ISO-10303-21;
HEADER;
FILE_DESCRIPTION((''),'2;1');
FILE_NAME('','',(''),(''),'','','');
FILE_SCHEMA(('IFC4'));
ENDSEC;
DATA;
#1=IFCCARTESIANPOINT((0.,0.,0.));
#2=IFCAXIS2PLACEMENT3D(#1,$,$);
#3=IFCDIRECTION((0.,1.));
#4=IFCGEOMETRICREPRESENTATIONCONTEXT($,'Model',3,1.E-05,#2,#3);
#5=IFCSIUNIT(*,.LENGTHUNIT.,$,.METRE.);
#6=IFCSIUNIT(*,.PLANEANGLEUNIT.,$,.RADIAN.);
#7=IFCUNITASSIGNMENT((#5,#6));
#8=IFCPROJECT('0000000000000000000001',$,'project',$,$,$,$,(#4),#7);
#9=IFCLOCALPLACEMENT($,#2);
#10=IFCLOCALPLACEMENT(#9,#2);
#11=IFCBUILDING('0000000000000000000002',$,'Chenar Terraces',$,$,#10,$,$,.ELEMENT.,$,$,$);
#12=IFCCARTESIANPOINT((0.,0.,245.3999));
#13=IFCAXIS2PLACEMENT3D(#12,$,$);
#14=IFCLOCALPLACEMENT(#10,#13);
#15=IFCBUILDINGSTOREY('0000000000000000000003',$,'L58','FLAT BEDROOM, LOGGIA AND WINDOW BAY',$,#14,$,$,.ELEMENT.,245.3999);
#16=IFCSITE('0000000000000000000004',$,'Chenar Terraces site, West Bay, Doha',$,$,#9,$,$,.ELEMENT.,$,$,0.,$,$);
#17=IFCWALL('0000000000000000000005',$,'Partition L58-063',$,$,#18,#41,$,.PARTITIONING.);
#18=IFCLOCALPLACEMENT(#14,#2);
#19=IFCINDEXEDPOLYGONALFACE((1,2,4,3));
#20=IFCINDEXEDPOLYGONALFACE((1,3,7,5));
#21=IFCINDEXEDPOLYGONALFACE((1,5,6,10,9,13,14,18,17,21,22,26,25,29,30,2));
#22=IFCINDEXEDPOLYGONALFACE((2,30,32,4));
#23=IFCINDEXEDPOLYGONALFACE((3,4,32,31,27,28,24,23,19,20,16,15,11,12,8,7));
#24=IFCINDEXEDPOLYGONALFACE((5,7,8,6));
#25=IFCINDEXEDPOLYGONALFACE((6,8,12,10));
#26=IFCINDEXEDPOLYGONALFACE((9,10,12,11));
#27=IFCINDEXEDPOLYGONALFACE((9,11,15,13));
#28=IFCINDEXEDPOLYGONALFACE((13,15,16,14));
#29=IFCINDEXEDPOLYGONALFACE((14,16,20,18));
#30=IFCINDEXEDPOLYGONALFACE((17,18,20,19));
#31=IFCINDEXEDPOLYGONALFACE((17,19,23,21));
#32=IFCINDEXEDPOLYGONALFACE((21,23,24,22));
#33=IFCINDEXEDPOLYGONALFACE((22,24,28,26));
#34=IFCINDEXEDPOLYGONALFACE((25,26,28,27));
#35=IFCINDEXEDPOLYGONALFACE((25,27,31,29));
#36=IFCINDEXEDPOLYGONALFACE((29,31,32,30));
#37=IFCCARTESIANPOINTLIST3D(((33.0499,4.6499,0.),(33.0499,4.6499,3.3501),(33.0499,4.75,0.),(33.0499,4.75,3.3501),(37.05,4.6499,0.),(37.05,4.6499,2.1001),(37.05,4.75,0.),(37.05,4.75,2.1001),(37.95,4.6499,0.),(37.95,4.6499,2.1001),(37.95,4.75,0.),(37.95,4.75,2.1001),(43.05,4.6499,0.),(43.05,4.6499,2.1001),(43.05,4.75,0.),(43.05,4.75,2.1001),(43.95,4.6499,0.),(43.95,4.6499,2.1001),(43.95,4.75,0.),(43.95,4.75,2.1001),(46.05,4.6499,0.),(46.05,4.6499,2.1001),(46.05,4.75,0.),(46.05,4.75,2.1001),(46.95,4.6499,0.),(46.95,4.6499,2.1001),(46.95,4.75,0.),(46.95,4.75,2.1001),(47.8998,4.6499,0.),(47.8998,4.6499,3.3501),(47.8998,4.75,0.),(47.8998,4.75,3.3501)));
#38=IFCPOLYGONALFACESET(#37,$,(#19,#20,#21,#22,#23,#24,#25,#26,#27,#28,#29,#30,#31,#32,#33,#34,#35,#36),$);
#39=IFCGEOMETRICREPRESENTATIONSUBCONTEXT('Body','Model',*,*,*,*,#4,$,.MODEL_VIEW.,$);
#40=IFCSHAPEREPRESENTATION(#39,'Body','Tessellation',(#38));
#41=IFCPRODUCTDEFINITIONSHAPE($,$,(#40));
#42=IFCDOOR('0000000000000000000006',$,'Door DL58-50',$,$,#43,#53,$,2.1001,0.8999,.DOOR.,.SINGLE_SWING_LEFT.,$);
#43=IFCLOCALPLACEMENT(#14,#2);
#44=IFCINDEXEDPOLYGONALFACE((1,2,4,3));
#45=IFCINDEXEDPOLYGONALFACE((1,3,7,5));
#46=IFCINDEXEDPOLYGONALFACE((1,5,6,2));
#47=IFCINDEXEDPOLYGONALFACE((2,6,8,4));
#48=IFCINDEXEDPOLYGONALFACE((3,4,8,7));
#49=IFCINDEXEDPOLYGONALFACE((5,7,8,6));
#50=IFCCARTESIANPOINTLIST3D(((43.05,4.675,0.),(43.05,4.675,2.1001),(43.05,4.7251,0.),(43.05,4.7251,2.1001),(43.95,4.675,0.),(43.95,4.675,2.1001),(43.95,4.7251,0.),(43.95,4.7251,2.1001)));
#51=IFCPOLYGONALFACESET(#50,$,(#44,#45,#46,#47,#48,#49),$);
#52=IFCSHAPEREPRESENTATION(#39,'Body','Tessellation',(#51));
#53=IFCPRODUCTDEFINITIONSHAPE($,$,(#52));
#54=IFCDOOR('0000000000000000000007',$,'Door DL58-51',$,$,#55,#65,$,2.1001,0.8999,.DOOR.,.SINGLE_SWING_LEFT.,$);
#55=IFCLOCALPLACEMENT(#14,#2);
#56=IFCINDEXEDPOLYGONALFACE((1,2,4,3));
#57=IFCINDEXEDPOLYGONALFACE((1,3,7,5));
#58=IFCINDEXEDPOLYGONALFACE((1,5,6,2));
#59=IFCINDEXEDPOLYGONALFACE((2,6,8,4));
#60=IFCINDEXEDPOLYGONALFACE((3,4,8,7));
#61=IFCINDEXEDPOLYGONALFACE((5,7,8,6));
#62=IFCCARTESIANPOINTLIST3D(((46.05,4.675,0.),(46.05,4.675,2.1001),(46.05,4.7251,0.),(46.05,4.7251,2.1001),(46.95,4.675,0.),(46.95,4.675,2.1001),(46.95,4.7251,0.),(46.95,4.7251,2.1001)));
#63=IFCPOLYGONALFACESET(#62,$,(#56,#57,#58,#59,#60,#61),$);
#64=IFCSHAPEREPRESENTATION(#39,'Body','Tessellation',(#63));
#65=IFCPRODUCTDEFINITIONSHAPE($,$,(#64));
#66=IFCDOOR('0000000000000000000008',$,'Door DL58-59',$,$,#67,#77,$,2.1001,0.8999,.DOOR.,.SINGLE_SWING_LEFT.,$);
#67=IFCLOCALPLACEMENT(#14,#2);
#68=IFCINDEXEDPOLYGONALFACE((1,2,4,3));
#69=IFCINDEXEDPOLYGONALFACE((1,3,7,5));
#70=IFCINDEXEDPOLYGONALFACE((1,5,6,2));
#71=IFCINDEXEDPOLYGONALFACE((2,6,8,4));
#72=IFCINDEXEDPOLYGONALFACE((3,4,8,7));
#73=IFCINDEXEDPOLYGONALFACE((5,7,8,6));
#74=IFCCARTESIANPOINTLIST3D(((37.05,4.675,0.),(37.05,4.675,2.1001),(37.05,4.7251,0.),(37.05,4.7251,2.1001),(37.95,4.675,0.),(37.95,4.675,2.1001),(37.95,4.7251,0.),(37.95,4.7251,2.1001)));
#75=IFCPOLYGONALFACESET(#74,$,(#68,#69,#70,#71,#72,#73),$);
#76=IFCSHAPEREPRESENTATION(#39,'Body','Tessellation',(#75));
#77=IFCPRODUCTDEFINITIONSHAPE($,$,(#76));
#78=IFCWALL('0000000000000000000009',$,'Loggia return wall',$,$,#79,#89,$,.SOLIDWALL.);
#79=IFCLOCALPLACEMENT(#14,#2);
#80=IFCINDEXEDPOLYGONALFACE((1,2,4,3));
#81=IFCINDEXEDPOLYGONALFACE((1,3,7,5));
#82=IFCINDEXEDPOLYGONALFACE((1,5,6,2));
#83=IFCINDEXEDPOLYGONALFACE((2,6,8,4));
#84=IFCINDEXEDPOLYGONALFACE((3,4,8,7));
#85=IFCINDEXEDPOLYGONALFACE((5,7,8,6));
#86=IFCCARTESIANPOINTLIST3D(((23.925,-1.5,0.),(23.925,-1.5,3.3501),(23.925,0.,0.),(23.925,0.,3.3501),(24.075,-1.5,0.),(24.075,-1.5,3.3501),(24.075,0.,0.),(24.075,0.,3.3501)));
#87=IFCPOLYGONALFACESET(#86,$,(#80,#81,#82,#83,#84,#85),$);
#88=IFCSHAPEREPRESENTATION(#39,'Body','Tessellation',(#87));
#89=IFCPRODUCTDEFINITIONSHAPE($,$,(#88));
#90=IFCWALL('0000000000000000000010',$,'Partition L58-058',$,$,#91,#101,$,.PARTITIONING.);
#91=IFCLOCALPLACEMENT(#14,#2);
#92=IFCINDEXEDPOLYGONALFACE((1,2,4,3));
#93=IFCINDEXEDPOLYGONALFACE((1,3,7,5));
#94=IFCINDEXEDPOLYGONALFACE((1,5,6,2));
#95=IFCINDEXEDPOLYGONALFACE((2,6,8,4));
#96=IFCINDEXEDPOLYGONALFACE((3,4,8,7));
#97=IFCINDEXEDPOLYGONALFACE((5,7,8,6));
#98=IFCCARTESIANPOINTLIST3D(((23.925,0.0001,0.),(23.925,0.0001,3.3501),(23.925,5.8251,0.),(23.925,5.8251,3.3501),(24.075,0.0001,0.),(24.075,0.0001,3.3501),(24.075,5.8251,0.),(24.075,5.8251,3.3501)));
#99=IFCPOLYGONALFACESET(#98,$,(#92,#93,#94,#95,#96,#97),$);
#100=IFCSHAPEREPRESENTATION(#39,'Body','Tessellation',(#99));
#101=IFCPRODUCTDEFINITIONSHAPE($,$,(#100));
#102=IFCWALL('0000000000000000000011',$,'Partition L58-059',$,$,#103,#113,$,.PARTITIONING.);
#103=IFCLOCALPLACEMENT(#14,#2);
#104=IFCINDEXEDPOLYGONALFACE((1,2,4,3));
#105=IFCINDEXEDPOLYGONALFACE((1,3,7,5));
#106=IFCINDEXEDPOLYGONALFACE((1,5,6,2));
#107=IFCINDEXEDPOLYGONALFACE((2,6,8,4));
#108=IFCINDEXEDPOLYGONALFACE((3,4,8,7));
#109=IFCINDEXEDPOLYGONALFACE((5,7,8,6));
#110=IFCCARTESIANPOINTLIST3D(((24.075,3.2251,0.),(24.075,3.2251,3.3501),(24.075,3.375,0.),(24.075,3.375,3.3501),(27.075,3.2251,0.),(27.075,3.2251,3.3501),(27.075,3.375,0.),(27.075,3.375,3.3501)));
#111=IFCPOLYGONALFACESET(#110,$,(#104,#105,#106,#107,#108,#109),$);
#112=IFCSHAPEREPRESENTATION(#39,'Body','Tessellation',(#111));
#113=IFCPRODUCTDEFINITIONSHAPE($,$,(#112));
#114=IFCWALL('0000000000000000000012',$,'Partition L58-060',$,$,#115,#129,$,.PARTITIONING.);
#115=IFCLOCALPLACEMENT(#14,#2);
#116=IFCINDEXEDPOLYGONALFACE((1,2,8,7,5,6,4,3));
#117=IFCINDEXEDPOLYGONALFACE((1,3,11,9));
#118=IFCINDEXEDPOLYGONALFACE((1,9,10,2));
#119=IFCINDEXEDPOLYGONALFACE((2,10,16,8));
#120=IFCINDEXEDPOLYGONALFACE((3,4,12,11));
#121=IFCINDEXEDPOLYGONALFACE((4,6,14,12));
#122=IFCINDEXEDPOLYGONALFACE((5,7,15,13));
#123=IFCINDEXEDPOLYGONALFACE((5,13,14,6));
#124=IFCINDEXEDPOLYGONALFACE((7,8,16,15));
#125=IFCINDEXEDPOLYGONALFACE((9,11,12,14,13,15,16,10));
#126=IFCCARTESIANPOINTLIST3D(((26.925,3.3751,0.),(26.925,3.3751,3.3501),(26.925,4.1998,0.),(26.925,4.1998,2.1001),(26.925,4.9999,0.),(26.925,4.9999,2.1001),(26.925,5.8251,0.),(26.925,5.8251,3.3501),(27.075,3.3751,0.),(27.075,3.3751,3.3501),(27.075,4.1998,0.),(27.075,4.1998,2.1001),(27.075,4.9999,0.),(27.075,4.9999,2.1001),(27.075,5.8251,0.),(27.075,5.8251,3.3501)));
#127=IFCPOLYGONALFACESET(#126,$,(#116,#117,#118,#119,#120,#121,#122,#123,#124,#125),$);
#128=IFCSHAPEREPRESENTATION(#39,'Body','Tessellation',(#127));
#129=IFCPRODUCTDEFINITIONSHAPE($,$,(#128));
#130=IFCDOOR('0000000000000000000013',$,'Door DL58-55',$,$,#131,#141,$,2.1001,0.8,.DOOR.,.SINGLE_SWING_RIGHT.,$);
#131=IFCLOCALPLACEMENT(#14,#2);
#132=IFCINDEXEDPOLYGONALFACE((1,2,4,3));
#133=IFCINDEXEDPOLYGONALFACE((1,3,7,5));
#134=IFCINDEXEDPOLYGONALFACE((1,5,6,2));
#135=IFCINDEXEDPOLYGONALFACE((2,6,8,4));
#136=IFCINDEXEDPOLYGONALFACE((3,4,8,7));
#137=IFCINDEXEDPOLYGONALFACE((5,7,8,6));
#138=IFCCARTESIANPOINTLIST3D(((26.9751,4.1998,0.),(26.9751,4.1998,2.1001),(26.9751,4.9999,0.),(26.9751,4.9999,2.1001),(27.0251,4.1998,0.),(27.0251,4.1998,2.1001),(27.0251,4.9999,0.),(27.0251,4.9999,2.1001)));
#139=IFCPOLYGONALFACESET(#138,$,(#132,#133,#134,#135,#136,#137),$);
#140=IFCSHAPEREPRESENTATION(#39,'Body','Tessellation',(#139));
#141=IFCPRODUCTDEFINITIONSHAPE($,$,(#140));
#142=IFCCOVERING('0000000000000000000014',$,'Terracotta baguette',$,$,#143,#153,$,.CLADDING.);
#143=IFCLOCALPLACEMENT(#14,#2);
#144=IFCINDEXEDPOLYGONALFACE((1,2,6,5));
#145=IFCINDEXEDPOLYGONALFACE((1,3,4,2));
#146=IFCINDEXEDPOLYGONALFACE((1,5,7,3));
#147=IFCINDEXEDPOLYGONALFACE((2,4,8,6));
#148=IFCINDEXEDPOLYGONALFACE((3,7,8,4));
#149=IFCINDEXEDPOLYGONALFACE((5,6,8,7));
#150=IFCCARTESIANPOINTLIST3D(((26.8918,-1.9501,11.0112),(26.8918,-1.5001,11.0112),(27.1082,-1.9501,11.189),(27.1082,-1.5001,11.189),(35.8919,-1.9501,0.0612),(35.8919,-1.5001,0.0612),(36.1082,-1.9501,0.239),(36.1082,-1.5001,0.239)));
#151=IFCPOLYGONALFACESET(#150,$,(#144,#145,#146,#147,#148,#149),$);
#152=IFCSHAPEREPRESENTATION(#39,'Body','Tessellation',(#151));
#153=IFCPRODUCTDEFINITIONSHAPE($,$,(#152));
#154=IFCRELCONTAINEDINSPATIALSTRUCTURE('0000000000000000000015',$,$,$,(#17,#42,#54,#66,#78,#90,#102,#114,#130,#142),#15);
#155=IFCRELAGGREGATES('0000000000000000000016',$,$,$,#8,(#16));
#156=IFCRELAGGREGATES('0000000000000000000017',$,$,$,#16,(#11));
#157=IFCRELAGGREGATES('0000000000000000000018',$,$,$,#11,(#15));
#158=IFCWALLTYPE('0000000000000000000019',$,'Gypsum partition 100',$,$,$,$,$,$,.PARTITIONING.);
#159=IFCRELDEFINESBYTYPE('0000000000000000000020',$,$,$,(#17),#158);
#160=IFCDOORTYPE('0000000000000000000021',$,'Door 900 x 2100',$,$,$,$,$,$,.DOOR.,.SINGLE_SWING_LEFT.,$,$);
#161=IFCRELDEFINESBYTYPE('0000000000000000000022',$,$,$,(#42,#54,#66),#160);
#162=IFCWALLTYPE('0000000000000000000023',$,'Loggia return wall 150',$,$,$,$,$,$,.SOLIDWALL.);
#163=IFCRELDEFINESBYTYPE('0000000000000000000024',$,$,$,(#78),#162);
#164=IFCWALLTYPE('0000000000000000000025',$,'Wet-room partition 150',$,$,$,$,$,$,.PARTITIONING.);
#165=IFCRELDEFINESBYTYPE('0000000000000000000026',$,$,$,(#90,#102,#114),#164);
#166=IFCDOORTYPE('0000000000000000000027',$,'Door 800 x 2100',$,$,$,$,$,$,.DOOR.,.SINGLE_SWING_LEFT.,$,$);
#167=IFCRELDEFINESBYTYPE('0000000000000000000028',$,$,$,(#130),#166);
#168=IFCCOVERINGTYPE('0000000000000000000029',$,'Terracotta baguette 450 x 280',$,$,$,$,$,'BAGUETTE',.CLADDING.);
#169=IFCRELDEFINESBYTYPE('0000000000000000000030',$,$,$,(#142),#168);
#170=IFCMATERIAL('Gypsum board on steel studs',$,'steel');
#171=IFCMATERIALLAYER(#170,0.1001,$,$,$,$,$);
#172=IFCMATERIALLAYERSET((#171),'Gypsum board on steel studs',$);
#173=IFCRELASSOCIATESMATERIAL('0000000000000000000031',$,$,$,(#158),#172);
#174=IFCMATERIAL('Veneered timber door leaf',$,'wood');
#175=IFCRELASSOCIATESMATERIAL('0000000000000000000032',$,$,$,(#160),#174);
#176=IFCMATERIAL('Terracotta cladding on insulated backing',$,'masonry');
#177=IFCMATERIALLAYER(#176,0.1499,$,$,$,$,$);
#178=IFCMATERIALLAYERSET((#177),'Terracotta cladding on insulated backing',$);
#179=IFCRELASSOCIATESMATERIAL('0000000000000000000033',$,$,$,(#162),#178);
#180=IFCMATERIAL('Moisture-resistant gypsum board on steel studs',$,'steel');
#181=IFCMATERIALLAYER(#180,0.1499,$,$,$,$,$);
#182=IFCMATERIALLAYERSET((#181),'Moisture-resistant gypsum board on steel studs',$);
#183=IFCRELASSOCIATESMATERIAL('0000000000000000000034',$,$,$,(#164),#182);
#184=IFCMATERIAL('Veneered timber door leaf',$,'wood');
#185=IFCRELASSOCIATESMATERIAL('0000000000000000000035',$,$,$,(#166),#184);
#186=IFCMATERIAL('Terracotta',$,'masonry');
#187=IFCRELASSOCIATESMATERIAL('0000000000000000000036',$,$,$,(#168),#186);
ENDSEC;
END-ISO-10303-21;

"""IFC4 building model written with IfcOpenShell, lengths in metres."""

from ifc_helpers import new_model, si_unit, direction, frame, frame_2d, origin, origin_2d, place, context, subcontext, project, spatial, rectangle, extrude, material, layer, layer_set, material_profile, profile_set, type_object, element, fill, save


model = new_model("IFC4")

# Units and contexts
model_context = context("Model", 3, precision=1e-05, world=origin(), true_north=direction((0.0, 1.0)))
body_context = subcontext(model_context, "Body", "Model", "MODEL_VIEW")
ifc_project = project(units=[si_unit("LENGTHUNIT", "METRE"), si_unit("PLANEANGLEUNIT", "RADIAN")], contexts=[model_context])

# Site, building, storey
site_placement = place(None, origin())
site = spatial("IfcSite", under=ifc_project, at=site_placement, Name="Chenar Terraces site, West Bay, Doha", CompositionType="ELEMENT", RefElevation=0.0)
building_placement = place(site_placement, origin())
building = spatial("IfcBuilding", under=site, at=building_placement, Name="Chenar Terraces", CompositionType="ELEMENT")
storey_placement = place(building_placement, frame((0.0, 0.0, 245.3999)))
storey = spatial("IfcBuildingStorey", under=building, at=storey_placement, Name="L58", Description="FLAT BEDROOM, LOGGIA AND WINDOW BAY", CompositionType="ELEMENT", Elevation=245.3999)

# Shared definitions
ifc_material_1 = material(Name="Gypsum board on steel studs", Category="steel")
ifc_layer_1 = layer(ifc_material_1, 0.1001)
ifc_layer_set_1 = layer_set([ifc_layer_1], Name="Gypsum board on steel studs")
wall_type_1 = type_object("IfcWallType", Name="Gypsum partition 100", PredefinedType="PARTITIONING", material=ifc_layer_set_1)

# Shared definitions
ifc_material_2 = material(Name="Veneered timber door leaf", Category="wood")
door_type_1 = type_object("IfcDoorType", Name="Door 900 x 2100", OperationType="SINGLE_SWING_LEFT", PredefinedType="DOOR", material=ifc_material_2)

# Wall, openings, doors
wall_1_placement = place(storey_placement, frame((33.05, 4.7, 0.0), z_axis=(0.0, 0.0, 1.0), x_axis=(1.0, 0.0, 0.0)))
wall_1 = element("IfcWall", 1, at=wall_1_placement, inside=storey, type_object=wall_type_1, Name="Partition L58-063", PredefinedType="PARTITIONING", context=body_context, shape_type="SweptSolid", body=[
    extrude(rectangle(XDim=14.8499, YDim=0.1001, at=frame_2d((7.4248, 0.0))), origin(), (0.0, 0.0, 1.0), 3.3501),
])
opening_1_placement = place(wall_1_placement, frame((10.0, 0.0, 0.0)))
opening_1 = element("IfcOpeningElement", 2, at=opening_1_placement, cuts=wall_1, PredefinedType="OPENING", context=body_context, shape_type="SweptSolid", body=[
    extrude(rectangle(XDim=0.8999, YDim=2.1001, at=frame_2d((0.45, 1.05))), frame((0.0, 0.0601, 0.0), z_axis=(0.0, -1.0, 0.0), x_axis=(1.0, 0.0, 0.0)), (0.0, 0.0, 1.0), 0.1201),
])
opening_2_placement = place(wall_1_placement, frame((13.0, 0.0, 0.0)))
opening_2 = element("IfcOpeningElement", 3, at=opening_2_placement, cuts=wall_1, PredefinedType="OPENING", context=body_context, shape_type="SweptSolid", body=[
    extrude(rectangle(XDim=0.8999, YDim=2.1001, at=frame_2d((0.45, 1.05))), frame((0.0, 0.0601, 0.0), z_axis=(0.0, -1.0, 0.0), x_axis=(1.0, 0.0, 0.0)), (0.0, 0.0, 1.0), 0.1201),
])
opening_3_placement = place(wall_1_placement, frame((4.0, 0.0, 0.0)))
opening_3 = element("IfcOpeningElement", 4, at=opening_3_placement, cuts=wall_1, PredefinedType="OPENING", context=body_context, shape_type="SweptSolid", body=[
    extrude(rectangle(XDim=0.8999, YDim=2.1001, at=frame_2d((0.45, 1.05))), frame((0.0, 0.0601, 0.0), z_axis=(0.0, -1.0, 0.0), x_axis=(1.0, 0.0, 0.0)), (0.0, 0.0, 1.0), 0.1201),
])
door_1_placement = place(opening_1_placement, frame((0.8999, 0.0, 0.0), z_axis=(0.0, 0.0, 1.0), x_axis=(-1.0, 0.0, 0.0)))
door_1 = element("IfcDoor", 5, at=door_1_placement, inside=storey, type_object=door_type_1, Name="Door DL58-50", OperationType="SINGLE_SWING_LEFT", OverallHeight=2.1001, OverallWidth=0.8999, PredefinedType="DOOR", context=body_context, shape_type="SweptSolid", body=[
    extrude(rectangle(XDim=0.8999, YDim=2.1001, at=frame_2d((0.45, 1.05))), frame((0.0, 0.0249, 0.0), z_axis=(0.0, -1.0, 0.0), x_axis=(1.0, 0.0, 0.0)), (0.0, 0.0, 1.0), 0.05),
])
fill(opening_1, door_1)
door_2_placement = place(opening_2_placement, frame((0.8999, 0.0, 0.0), z_axis=(0.0, 0.0, 1.0), x_axis=(-1.0, 0.0, 0.0)))
door_2 = element("IfcDoor", 6, at=door_2_placement, inside=storey, type_object=door_type_1, Name="Door DL58-51", OperationType="SINGLE_SWING_LEFT", OverallHeight=2.1001, OverallWidth=0.8999, PredefinedType="DOOR", context=body_context, shape_type="SweptSolid", body=[
    extrude(rectangle(XDim=0.8999, YDim=2.1001, at=frame_2d((0.45, 1.05))), frame((0.0, 0.0249, 0.0), z_axis=(0.0, -1.0, 0.0), x_axis=(1.0, 0.0, 0.0)), (0.0, 0.0, 1.0), 0.05),
])
fill(opening_2, door_2)
door_3_placement = place(opening_3_placement, frame((0.8999, 0.0, 0.0), z_axis=(0.0, 0.0, 1.0), x_axis=(-1.0, 0.0, 0.0)))
door_3 = element("IfcDoor", 7, at=door_3_placement, inside=storey, type_object=door_type_1, Name="Door DL58-59", OperationType="SINGLE_SWING_LEFT", OverallHeight=2.1001, OverallWidth=0.8999, PredefinedType="DOOR", context=body_context, shape_type="SweptSolid", body=[
    extrude(rectangle(XDim=0.8999, YDim=2.1001, at=frame_2d((0.45, 1.05))), frame((0.0, 0.0249, 0.0), z_axis=(0.0, -1.0, 0.0), x_axis=(1.0, 0.0, 0.0)), (0.0, 0.0, 1.0), 0.05),
])
fill(opening_3, door_3)

# Walls
ifc_material_3 = material(Name="Terracotta cladding on insulated backing", Category="masonry")
ifc_layer_2 = layer(ifc_material_3, 0.1499)
ifc_layer_set_2 = layer_set([ifc_layer_2], Name="Terracotta cladding on insulated backing")
wall_type_2 = type_object("IfcWallType", Name="Loggia return wall 150", PredefinedType="SOLIDWALL", material=ifc_layer_set_2)
wall_2_placement = place(storey_placement, frame((24.0, -1.5, 0.0), z_axis=(0.0, 0.0, 1.0), x_axis=(0.0, 1.0, 0.0)))
element("IfcWall", 8, at=wall_2_placement, inside=storey, type_object=wall_type_2, Name="Loggia return wall", PredefinedType="SOLIDWALL", context=body_context, shape_type="SweptSolid", body=[
    extrude(rectangle(XDim=1.5, YDim=0.1499, at=frame_2d((0.75, 0.0))), origin(), (0.0, 0.0, 1.0), 3.3501),
])
ifc_material_4 = material(Name="Moisture-resistant gypsum board on steel studs", Category="steel")
ifc_layer_3 = layer(ifc_material_4, 0.1499)
ifc_layer_set_3 = layer_set([ifc_layer_3], Name="Moisture-resistant gypsum board on steel studs")
wall_type_3 = type_object("IfcWallType", Name="Wet-room partition 150", PredefinedType="PARTITIONING", material=ifc_layer_set_3)
wall_3_placement = place(storey_placement, frame((24.0, 0.0, 0.0), z_axis=(0.0, 0.0, 1.0), x_axis=(0.0, 1.0, 0.0)))
element("IfcWall", 9, at=wall_3_placement, inside=storey, type_object=wall_type_3, Name="Partition L58-058", PredefinedType="PARTITIONING", context=body_context, shape_type="SweptSolid", body=[
    extrude(rectangle(XDim=5.825, YDim=0.1499, at=frame_2d((2.9126, 0.0))), origin(), (0.0, 0.0, 1.0), 3.3501),
])
wall_4_placement = place(storey_placement, frame((24.075, 3.3, 0.0), z_axis=(0.0, 0.0, 1.0), x_axis=(1.0, 0.0, 0.0)))
element("IfcWall", 10, at=wall_4_placement, inside=storey, type_object=wall_type_3, Name="Partition L58-059", PredefinedType="PARTITIONING", context=body_context, shape_type="SweptSolid", body=[
    extrude(rectangle(XDim=3.0, YDim=0.1499, at=frame_2d((1.5, 0.0))), origin(), (0.0, 0.0, 1.0), 3.3501),
])

# Wall, opening, door
wall_5_placement = place(storey_placement, frame((27.0, 3.375, 0.0), z_axis=(0.0, 0.0, 1.0), x_axis=(0.0, 1.0, 0.0)))
wall_5 = element("IfcWall", 11, at=wall_5_placement, inside=storey, type_object=wall_type_3, Name="Partition L58-060", PredefinedType="PARTITIONING", context=body_context, shape_type="SweptSolid", body=[
    extrude(rectangle(XDim=2.45, YDim=0.1499, at=frame_2d((1.2251, 0.0))), origin(), (0.0, 0.0, 1.0), 3.3501),
])
opening_4_placement = place(wall_5_placement, frame((0.825, 0.0, 0.0)))
opening_4 = element("IfcOpeningElement", 12, at=opening_4_placement, cuts=wall_5, PredefinedType="OPENING", context=body_context, shape_type="SweptSolid", body=[
    extrude(rectangle(XDim=0.8, YDim=2.1001, at=frame_2d((0.3999, 1.05))), frame((0.0, 0.085, 0.0), z_axis=(0.0, -1.0, 0.0), x_axis=(1.0, 0.0, 0.0)), (0.0, 0.0, 1.0), 0.1699),
])
ifc_material_5 = material(Name="Veneered timber door leaf", Category="wood")
door_type_2 = type_object("IfcDoorType", Name="Door 800 x 2100", OperationType="SINGLE_SWING_LEFT", PredefinedType="DOOR", material=ifc_material_5)
door_4_placement = place(opening_4_placement, origin())
door_4 = element("IfcDoor", 13, at=door_4_placement, inside=storey, type_object=door_type_2, Name="Door DL58-55", OperationType="SINGLE_SWING_RIGHT", OverallHeight=2.1001, OverallWidth=0.8, PredefinedType="DOOR", context=body_context, shape_type="SweptSolid", body=[
    extrude(rectangle(XDim=0.8, YDim=2.1001, at=frame_2d((0.3999, 1.05))), frame((0.0, 0.0249, 0.0), z_axis=(0.0, -1.0, 0.0), x_axis=(1.0, 0.0, 0.0)), (0.0, 0.0, 1.0), 0.05),
])
fill(opening_4, door_4)

# Covering
ifc_material_6 = material(Name="Terracotta", Category="masonry")
ifc_material_profile = material_profile(ifc_material_6, rectangle(XDim=0.45, YDim=0.28, at=origin_2d()), Name="Terracotta baguette 450 x 280")
ifc_profile_set = profile_set([ifc_material_profile], Name="Terracotta")
covering_type = type_object("IfcCoveringType", Name="Terracotta baguette 450 x 280", ElementType="BAGUETTE", PredefinedType="CLADDING", material=ifc_profile_set)
covering_placement = place(storey_placement, frame((27.0, -1.7251, 11.1001), z_axis=(0.634967, 0.0, -0.772539), x_axis=(0.0, 1.0, 0.0)))
element("IfcCovering", 14, at=covering_placement, inside=storey, type_object=covering_type, Name="Terracotta baguette", PredefinedType="CLADDING", context=body_context, shape_type="SweptSolid", body=[
    extrude(rectangle(XDim=0.45, YDim=0.28, at=origin_2d()), origin(), (0.0, 0.0, 1.0), 14.1741),
])

save(model, "model.ifc")
